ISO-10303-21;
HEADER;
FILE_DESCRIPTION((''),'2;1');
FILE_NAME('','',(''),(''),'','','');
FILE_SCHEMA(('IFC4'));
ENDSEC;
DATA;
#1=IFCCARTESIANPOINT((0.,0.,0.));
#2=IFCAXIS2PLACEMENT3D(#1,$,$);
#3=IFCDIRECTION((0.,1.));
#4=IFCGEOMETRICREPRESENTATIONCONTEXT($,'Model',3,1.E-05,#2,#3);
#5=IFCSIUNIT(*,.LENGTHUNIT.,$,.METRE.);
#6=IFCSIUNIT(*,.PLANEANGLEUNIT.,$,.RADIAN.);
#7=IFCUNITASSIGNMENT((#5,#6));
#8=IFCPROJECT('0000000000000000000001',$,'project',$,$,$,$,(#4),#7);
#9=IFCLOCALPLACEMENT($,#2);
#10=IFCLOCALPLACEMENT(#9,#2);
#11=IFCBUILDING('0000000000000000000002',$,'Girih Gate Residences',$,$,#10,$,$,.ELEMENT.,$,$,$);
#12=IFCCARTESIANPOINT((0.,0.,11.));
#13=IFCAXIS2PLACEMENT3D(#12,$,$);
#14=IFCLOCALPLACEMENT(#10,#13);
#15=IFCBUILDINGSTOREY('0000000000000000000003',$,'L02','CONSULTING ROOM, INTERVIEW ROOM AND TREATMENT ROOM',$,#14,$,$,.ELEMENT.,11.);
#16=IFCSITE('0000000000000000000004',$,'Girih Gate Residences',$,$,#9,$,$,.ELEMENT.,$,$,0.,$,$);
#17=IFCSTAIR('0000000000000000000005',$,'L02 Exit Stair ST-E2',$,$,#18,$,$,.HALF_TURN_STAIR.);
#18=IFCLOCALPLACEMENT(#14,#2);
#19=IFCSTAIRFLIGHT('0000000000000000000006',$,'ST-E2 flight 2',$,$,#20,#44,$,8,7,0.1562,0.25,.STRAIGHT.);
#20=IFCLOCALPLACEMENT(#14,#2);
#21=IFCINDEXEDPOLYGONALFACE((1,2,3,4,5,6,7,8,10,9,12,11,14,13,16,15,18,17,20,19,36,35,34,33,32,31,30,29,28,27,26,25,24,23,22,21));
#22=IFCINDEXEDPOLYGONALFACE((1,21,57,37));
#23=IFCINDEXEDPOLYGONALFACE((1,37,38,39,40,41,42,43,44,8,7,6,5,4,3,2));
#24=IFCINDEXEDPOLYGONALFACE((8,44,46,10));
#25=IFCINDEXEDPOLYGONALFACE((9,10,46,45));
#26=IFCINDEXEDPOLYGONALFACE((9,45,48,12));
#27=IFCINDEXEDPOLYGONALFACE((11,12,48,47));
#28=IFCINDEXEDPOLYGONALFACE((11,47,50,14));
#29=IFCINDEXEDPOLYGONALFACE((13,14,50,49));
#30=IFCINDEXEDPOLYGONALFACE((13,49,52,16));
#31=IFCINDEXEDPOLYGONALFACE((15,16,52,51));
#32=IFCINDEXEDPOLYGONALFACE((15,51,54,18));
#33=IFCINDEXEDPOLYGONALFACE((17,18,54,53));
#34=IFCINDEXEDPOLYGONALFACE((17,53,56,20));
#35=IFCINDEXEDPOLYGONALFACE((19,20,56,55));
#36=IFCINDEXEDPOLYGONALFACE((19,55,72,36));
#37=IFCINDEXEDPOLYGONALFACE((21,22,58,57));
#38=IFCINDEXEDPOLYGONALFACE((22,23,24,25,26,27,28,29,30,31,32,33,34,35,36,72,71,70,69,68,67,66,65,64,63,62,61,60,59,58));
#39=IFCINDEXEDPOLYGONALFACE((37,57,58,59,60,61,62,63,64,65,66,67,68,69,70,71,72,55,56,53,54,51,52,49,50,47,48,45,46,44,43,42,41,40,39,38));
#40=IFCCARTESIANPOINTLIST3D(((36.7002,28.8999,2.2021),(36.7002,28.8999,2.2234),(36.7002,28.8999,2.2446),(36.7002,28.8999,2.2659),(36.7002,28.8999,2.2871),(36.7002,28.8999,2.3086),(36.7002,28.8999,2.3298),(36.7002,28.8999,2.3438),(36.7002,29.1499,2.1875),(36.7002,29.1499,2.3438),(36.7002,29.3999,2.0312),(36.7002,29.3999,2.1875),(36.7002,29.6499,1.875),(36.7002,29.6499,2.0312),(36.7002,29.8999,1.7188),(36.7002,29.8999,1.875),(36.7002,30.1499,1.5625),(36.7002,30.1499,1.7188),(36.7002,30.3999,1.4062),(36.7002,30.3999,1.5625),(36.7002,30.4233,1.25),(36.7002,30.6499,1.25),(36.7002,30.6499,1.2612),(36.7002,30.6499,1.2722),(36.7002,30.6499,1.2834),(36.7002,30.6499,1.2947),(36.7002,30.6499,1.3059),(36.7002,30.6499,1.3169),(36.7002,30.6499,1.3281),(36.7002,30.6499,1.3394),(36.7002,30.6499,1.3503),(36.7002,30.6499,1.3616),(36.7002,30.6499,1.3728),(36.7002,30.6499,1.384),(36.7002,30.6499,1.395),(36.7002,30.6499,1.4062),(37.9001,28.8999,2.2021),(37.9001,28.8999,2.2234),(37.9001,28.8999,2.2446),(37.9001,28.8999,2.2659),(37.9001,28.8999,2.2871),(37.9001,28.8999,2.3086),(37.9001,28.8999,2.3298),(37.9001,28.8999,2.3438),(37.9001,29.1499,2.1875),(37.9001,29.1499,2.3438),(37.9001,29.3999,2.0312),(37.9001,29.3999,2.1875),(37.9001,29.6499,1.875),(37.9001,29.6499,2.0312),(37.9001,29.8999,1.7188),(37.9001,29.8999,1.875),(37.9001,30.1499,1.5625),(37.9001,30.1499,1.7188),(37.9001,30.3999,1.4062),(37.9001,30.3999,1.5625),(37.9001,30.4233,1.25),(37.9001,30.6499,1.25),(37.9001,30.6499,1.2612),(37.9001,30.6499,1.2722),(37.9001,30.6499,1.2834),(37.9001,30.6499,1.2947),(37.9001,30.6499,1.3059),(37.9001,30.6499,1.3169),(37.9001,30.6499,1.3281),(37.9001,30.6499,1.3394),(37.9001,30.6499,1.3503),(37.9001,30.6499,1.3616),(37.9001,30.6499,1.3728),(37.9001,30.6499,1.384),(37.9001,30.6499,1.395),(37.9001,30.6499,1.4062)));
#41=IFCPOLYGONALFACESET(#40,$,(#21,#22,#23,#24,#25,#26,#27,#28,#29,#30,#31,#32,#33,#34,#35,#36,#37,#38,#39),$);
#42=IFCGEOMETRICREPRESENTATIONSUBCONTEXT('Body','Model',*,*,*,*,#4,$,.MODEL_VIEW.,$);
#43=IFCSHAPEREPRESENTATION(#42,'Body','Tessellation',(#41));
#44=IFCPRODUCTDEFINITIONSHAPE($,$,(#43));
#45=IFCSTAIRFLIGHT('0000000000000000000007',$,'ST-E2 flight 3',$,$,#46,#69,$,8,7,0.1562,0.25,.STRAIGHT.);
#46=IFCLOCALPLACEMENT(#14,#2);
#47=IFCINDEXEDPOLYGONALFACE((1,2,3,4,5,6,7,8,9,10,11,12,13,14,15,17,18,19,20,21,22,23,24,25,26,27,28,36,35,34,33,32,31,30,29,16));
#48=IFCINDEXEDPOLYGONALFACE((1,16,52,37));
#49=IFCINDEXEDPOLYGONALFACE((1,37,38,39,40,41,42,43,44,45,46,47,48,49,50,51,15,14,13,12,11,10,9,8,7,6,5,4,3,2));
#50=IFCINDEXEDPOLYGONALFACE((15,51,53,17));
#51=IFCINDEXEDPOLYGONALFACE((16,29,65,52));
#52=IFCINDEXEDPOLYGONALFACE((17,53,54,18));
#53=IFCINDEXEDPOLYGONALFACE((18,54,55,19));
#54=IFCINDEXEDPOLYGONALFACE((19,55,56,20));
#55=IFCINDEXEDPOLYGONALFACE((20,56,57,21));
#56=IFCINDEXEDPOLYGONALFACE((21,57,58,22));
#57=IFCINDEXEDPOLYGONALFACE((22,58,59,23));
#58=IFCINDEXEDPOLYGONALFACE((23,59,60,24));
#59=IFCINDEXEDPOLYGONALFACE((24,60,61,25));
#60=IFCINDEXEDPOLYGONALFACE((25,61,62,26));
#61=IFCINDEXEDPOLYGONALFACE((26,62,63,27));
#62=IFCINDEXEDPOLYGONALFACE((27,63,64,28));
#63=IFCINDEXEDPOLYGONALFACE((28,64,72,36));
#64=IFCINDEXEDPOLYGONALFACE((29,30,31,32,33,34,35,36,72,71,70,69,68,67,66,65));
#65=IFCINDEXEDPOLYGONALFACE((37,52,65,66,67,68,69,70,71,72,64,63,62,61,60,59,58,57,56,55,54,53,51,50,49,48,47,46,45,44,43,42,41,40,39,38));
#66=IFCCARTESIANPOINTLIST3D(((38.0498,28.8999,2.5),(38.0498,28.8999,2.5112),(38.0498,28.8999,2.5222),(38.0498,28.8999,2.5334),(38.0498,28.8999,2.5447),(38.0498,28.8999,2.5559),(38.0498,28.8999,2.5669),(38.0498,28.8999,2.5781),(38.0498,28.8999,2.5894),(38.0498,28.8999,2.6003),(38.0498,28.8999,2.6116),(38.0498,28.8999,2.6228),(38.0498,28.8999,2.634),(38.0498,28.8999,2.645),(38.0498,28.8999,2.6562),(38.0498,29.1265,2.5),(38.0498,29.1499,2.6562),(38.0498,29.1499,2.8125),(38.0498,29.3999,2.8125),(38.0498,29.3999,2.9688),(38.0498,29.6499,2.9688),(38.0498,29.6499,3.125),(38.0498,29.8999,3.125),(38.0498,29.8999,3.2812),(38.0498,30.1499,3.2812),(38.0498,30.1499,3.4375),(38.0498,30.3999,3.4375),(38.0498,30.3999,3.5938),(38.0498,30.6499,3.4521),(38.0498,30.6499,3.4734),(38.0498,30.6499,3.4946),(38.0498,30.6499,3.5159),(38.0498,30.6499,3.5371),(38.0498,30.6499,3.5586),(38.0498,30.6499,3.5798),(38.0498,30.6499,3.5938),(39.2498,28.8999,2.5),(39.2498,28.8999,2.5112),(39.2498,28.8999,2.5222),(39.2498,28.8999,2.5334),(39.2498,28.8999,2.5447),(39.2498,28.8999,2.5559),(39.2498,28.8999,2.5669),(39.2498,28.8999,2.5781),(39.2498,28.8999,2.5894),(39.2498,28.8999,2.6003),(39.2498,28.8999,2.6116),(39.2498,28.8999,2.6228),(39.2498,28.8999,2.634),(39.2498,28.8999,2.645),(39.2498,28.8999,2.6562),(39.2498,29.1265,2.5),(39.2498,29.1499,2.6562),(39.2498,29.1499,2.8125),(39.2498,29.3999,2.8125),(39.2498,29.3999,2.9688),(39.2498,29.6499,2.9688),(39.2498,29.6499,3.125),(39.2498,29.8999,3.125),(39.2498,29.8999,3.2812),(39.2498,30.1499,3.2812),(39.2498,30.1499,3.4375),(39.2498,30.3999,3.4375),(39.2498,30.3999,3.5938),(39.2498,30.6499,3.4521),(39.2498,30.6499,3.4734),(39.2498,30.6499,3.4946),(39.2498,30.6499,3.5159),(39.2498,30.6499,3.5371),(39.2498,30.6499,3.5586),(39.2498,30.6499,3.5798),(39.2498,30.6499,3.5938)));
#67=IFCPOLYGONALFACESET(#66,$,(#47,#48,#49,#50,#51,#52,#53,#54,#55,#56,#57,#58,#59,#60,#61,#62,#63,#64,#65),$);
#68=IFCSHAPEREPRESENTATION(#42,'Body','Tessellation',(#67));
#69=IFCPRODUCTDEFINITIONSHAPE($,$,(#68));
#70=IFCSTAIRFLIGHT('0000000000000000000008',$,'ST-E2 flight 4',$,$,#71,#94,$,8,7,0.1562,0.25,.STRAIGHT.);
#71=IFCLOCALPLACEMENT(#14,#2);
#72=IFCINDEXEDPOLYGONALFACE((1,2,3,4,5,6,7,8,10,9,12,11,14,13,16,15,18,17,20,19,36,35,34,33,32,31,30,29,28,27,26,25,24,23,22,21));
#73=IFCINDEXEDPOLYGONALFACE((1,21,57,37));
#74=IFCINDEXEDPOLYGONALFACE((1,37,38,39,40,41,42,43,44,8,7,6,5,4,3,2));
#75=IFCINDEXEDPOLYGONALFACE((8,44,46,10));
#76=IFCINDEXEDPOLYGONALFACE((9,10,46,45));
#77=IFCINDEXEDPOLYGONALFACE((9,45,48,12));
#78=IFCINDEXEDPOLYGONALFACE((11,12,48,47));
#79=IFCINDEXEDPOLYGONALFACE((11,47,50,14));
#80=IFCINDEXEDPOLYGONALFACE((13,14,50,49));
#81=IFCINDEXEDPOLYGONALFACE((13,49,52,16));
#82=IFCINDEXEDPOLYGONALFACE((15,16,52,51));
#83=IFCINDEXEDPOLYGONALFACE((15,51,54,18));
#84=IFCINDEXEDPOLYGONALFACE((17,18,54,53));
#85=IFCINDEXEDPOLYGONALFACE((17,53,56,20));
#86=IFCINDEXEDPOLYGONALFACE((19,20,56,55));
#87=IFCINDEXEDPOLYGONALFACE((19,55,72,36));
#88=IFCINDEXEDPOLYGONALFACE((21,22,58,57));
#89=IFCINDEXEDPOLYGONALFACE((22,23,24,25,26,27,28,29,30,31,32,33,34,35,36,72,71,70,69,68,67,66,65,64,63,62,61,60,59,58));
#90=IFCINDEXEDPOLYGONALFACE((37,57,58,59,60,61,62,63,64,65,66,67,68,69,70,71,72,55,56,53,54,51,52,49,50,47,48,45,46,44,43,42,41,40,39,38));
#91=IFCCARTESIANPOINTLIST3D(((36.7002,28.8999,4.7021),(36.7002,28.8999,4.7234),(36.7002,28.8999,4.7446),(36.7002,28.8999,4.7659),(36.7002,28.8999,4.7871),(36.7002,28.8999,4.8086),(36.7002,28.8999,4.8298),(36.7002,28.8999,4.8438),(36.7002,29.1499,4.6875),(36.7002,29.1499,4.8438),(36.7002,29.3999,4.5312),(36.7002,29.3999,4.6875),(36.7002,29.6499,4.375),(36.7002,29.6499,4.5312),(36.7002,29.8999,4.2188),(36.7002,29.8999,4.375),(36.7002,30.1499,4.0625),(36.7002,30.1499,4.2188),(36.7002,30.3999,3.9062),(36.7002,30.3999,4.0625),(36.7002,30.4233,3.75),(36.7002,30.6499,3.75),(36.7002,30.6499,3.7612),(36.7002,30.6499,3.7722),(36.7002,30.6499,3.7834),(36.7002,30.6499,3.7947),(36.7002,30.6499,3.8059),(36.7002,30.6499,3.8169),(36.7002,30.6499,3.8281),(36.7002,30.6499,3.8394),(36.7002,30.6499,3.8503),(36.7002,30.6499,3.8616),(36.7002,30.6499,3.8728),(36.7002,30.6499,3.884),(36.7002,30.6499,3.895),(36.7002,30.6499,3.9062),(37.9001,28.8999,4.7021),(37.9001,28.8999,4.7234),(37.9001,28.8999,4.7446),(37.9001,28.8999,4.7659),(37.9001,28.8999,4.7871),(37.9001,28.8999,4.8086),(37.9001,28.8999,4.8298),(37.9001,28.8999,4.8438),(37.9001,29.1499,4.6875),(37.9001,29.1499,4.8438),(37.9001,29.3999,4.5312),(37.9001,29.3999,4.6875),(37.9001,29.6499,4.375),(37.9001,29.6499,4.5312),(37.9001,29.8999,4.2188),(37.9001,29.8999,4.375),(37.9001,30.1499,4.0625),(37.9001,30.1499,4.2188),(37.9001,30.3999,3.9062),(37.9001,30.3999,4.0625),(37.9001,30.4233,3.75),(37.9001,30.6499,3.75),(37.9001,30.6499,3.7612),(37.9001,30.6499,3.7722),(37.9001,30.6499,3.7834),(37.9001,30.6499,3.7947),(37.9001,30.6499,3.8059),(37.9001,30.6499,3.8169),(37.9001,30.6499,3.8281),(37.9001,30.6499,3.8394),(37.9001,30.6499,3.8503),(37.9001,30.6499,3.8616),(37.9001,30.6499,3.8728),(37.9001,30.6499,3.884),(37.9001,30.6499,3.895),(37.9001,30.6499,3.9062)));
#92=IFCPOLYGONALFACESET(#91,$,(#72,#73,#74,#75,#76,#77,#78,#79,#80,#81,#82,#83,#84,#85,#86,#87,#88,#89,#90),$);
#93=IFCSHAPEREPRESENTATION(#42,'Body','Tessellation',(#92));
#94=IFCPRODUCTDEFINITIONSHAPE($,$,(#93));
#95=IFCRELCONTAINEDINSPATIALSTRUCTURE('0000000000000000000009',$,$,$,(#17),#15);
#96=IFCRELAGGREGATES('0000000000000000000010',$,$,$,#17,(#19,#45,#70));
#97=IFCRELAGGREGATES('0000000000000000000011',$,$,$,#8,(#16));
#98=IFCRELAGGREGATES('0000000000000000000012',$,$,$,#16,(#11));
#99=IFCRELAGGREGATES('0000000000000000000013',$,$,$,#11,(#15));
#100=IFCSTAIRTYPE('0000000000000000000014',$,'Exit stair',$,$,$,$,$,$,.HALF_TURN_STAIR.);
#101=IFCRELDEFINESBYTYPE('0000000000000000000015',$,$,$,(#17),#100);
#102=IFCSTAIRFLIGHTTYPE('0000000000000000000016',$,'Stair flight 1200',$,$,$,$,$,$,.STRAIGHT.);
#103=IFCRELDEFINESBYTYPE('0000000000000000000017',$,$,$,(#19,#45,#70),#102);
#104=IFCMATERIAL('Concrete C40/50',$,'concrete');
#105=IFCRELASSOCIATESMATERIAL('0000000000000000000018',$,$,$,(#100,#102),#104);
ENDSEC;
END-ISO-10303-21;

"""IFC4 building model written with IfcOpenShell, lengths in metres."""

from ifc_helpers import new_model, si_unit, direction, frame, origin, place, context, subcontext, project, spatial, polyline, outline, extrude, material, type_object, element, aggregate, save


model = new_model("IFC4")

# Units and contexts
model_context = context("Model", 3, precision=1e-05, world=origin(), true_north=direction((0.0, 1.0)))
body_context = subcontext(model_context, "Body", "Model", "MODEL_VIEW")
ifc_project = project(units=[si_unit("LENGTHUNIT", "METRE"), si_unit("PLANEANGLEUNIT", "RADIAN")], contexts=[model_context])

# Site, building, storey
site_placement = place(None, origin())
site = spatial("IfcSite", under=ifc_project, at=site_placement, Name="Girih Gate Residences", CompositionType="ELEMENT", RefElevation=0.0)
building_placement = place(site_placement, origin())
building = spatial("IfcBuilding", under=site, at=building_placement, Name="Girih Gate Residences", CompositionType="ELEMENT")
storey_placement = place(building_placement, frame((0.0, 0.0, 11.0)))
storey = spatial("IfcBuildingStorey", under=building, at=storey_placement, Name="L02", Description="CONSULTING ROOM, INTERVIEW ROOM AND TREATMENT ROOM", CompositionType="ELEMENT", Elevation=11.0)

# Shared definitions
ifc_material_1 = material(Name="Concrete C40/50", Category="concrete")

# Stair, stair flights
stair_type = type_object("IfcStairType", Name="Exit stair", PredefinedType="HALF_TURN_STAIR", material=ifc_material_1)
stair_flight_type = type_object("IfcStairFlightType", Name="Stair flight 1200", PredefinedType="STRAIGHT", material=ifc_material_1)
stair_1_placement = place(storey_placement, origin())
stair_1 = element("IfcStair", 1, at=stair_1_placement, inside=storey, type_object=stair_type, Name="L02 Exit Stair ST-E2", PredefinedType="HALF_TURN_STAIR")
stair_flight_1_placement = place(storey_placement, frame((37.3, 30.6499, 1.25), z_axis=(0.0, 0.0, 1.0), x_axis=(0.0, -1.0, 0.0)))
stair_flight_1 = element("IfcStairFlight", 2, at=stair_flight_1_placement, type_object=stair_flight_type, Name="ST-E2 flight 2", NumberOfRisers=8, NumberOfTreads=7, PredefinedType="STRAIGHT", RiserHeight=0.1562, TreadLength=0.25, context=body_context, shape_type="SweptSolid", body=[
    extrude(outline(polyline([(0.0, 0.0), (0.0, 0.0112), (0.0, 0.0222), (0.0, 0.0334), (0.0, 0.0447), (0.0, 0.0559), (0.0, 0.0669), (0.0, 0.0781), (0.0, 0.0894), (0.0, 0.1003), (0.0, 0.1116), (0.0, 0.1228), (0.0, 0.134), (0.0, 0.145), (0.0, 0.1562), (0.25, 0.1562), (0.25, 0.3125), (0.5, 0.3125), (0.5, 0.4688), (0.75, 0.4688), (0.75, 0.625), (1.0, 0.625), (1.0, 0.7812), (1.25, 0.7812), (1.25, 0.9375), (1.5, 0.9375), (1.5, 1.0938), (1.75, 1.0938), (1.75, 1.105), (1.75, 1.116), (1.75, 1.1272), (1.75, 1.1384), (1.75, 1.1497), (1.75, 1.1606), (1.75, 1.1719), (1.75, 1.1831), (1.75, 1.1941), (1.75, 1.2053), (1.75, 1.2166), (1.75, 1.2278), (1.75, 1.2388), (1.75, 1.25), (1.75, 1.2288), (1.75, 1.2075), (1.75, 1.1863), (1.75, 1.1648), (1.75, 1.1436), (1.75, 1.1223), (1.75, 1.1011), (1.75, 1.0798), (1.75, 1.0586), (1.75, 1.0371), (1.75, 1.0159), (1.75, 0.9946), (1.75, 0.9734), (1.75, 0.9521), (0.2266, 0.0), (0.0, 0.0)])), frame((0.0, 0.6001, 0.0), z_axis=(0.0, -1.0, 0.0), x_axis=(1.0, 0.0, 0.0)), (0.0, 0.0, 1.0), 1.2),
])
stair_flight_2_placement = place(storey_placement, frame((38.6499, 28.8999, 2.5), z_axis=(0.0, 0.0, 1.0), x_axis=(0.0, 1.0, 0.0)))
stair_flight_2 = element("IfcStairFlight", 3, at=stair_flight_2_placement, type_object=stair_flight_type, Name="ST-E2 flight 3", NumberOfRisers=8, NumberOfTreads=7, PredefinedType="STRAIGHT", RiserHeight=0.1562, TreadLength=0.25, context=body_context, shape_type="SweptSolid", body=[
    extrude(outline(polyline([(0.0, 0.0), (0.0, 0.0112), (0.0, 0.0222), (0.0, 0.0334), (0.0, 0.0447), (0.0, 0.0559), (0.0, 0.0669), (0.0, 0.0781), (0.0, 0.0894), (0.0, 0.1003), (0.0, 0.1116), (0.0, 0.1228), (0.0, 0.134), (0.0, 0.145), (0.0, 0.1562), (0.25, 0.1562), (0.25, 0.3125), (0.5, 0.3125), (0.5, 0.4688), (0.75, 0.4688), (0.75, 0.625), (1.0, 0.625), (1.0, 0.7812), (1.25, 0.7812), (1.25, 0.9375), (1.5, 0.9375), (1.5, 1.0938), (1.75, 1.0938), (1.75, 1.105), (1.75, 1.116), (1.75, 1.1272), (1.75, 1.1384), (1.75, 1.1497), (1.75, 1.1606), (1.75, 1.1719), (1.75, 1.1831), (1.75, 1.1941), (1.75, 1.2053), (1.75, 1.2166), (1.75, 1.2278), (1.75, 1.2388), (1.75, 1.25), (1.75, 1.2288), (1.75, 1.2075), (1.75, 1.1863), (1.75, 1.1648), (1.75, 1.1436), (1.75, 1.1223), (1.75, 1.1011), (1.75, 1.0798), (1.75, 1.0586), (1.75, 1.0371), (1.75, 1.0159), (1.75, 0.9946), (1.75, 0.9734), (1.75, 0.9521), (0.2266, 0.0), (0.0, 0.0)])), frame((0.0, 0.6001, 0.0), z_axis=(0.0, -1.0, 0.0), x_axis=(1.0, 0.0, 0.0)), (0.0, 0.0, 1.0), 1.2),
])
stair_flight_3_placement = place(storey_placement, frame((37.3, 30.6499, 3.75), z_axis=(0.0, 0.0, 1.0), x_axis=(0.0, -1.0, 0.0)))
stair_flight_3 = element("IfcStairFlight", 4, at=stair_flight_3_placement, type_object=stair_flight_type, Name="ST-E2 flight 4", NumberOfRisers=8, NumberOfTreads=7, PredefinedType="STRAIGHT", RiserHeight=0.1562, TreadLength=0.25, context=body_context, shape_type="SweptSolid", body=[
    extrude(outline(polyline([(0.0, 0.0), (0.0, 0.0112), (0.0, 0.0222), (0.0, 0.0334), (0.0, 0.0447), (0.0, 0.0559), (0.0, 0.0669), (0.0, 0.0781), (0.0, 0.0894), (0.0, 0.1003), (0.0, 0.1116), (0.0, 0.1228), (0.0, 0.134), (0.0, 0.145), (0.0, 0.1562), (0.25, 0.1562), (0.25, 0.3125), (0.5, 0.3125), (0.5, 0.4688), (0.75, 0.4688), (0.75, 0.625), (1.0, 0.625), (1.0, 0.7812), (1.25, 0.7812), (1.25, 0.9375), (1.5, 0.9375), (1.5, 1.0938), (1.75, 1.0938), (1.75, 1.105), (1.75, 1.116), (1.75, 1.1272), (1.75, 1.1384), (1.75, 1.1497), (1.75, 1.1606), (1.75, 1.1719), (1.75, 1.1831), (1.75, 1.1941), (1.75, 1.2053), (1.75, 1.2166), (1.75, 1.2278), (1.75, 1.2388), (1.75, 1.25), (1.75, 1.2288), (1.75, 1.2075), (1.75, 1.1863), (1.75, 1.1648), (1.75, 1.1436), (1.75, 1.1223), (1.75, 1.1011), (1.75, 1.0798), (1.75, 1.0586), (1.75, 1.0371), (1.75, 1.0159), (1.75, 0.9946), (1.75, 0.9734), (1.75, 0.9521), (0.2266, 0.0), (0.0, 0.0)])), frame((0.0, 0.6001, 0.0), z_axis=(0.0, -1.0, 0.0), x_axis=(1.0, 0.0, 0.0)), (0.0, 0.0, 1.0), 1.2),
])
aggregate(stair_1, [stair_flight_1, stair_flight_2, stair_flight_3])

save(model, "model.ifc")
